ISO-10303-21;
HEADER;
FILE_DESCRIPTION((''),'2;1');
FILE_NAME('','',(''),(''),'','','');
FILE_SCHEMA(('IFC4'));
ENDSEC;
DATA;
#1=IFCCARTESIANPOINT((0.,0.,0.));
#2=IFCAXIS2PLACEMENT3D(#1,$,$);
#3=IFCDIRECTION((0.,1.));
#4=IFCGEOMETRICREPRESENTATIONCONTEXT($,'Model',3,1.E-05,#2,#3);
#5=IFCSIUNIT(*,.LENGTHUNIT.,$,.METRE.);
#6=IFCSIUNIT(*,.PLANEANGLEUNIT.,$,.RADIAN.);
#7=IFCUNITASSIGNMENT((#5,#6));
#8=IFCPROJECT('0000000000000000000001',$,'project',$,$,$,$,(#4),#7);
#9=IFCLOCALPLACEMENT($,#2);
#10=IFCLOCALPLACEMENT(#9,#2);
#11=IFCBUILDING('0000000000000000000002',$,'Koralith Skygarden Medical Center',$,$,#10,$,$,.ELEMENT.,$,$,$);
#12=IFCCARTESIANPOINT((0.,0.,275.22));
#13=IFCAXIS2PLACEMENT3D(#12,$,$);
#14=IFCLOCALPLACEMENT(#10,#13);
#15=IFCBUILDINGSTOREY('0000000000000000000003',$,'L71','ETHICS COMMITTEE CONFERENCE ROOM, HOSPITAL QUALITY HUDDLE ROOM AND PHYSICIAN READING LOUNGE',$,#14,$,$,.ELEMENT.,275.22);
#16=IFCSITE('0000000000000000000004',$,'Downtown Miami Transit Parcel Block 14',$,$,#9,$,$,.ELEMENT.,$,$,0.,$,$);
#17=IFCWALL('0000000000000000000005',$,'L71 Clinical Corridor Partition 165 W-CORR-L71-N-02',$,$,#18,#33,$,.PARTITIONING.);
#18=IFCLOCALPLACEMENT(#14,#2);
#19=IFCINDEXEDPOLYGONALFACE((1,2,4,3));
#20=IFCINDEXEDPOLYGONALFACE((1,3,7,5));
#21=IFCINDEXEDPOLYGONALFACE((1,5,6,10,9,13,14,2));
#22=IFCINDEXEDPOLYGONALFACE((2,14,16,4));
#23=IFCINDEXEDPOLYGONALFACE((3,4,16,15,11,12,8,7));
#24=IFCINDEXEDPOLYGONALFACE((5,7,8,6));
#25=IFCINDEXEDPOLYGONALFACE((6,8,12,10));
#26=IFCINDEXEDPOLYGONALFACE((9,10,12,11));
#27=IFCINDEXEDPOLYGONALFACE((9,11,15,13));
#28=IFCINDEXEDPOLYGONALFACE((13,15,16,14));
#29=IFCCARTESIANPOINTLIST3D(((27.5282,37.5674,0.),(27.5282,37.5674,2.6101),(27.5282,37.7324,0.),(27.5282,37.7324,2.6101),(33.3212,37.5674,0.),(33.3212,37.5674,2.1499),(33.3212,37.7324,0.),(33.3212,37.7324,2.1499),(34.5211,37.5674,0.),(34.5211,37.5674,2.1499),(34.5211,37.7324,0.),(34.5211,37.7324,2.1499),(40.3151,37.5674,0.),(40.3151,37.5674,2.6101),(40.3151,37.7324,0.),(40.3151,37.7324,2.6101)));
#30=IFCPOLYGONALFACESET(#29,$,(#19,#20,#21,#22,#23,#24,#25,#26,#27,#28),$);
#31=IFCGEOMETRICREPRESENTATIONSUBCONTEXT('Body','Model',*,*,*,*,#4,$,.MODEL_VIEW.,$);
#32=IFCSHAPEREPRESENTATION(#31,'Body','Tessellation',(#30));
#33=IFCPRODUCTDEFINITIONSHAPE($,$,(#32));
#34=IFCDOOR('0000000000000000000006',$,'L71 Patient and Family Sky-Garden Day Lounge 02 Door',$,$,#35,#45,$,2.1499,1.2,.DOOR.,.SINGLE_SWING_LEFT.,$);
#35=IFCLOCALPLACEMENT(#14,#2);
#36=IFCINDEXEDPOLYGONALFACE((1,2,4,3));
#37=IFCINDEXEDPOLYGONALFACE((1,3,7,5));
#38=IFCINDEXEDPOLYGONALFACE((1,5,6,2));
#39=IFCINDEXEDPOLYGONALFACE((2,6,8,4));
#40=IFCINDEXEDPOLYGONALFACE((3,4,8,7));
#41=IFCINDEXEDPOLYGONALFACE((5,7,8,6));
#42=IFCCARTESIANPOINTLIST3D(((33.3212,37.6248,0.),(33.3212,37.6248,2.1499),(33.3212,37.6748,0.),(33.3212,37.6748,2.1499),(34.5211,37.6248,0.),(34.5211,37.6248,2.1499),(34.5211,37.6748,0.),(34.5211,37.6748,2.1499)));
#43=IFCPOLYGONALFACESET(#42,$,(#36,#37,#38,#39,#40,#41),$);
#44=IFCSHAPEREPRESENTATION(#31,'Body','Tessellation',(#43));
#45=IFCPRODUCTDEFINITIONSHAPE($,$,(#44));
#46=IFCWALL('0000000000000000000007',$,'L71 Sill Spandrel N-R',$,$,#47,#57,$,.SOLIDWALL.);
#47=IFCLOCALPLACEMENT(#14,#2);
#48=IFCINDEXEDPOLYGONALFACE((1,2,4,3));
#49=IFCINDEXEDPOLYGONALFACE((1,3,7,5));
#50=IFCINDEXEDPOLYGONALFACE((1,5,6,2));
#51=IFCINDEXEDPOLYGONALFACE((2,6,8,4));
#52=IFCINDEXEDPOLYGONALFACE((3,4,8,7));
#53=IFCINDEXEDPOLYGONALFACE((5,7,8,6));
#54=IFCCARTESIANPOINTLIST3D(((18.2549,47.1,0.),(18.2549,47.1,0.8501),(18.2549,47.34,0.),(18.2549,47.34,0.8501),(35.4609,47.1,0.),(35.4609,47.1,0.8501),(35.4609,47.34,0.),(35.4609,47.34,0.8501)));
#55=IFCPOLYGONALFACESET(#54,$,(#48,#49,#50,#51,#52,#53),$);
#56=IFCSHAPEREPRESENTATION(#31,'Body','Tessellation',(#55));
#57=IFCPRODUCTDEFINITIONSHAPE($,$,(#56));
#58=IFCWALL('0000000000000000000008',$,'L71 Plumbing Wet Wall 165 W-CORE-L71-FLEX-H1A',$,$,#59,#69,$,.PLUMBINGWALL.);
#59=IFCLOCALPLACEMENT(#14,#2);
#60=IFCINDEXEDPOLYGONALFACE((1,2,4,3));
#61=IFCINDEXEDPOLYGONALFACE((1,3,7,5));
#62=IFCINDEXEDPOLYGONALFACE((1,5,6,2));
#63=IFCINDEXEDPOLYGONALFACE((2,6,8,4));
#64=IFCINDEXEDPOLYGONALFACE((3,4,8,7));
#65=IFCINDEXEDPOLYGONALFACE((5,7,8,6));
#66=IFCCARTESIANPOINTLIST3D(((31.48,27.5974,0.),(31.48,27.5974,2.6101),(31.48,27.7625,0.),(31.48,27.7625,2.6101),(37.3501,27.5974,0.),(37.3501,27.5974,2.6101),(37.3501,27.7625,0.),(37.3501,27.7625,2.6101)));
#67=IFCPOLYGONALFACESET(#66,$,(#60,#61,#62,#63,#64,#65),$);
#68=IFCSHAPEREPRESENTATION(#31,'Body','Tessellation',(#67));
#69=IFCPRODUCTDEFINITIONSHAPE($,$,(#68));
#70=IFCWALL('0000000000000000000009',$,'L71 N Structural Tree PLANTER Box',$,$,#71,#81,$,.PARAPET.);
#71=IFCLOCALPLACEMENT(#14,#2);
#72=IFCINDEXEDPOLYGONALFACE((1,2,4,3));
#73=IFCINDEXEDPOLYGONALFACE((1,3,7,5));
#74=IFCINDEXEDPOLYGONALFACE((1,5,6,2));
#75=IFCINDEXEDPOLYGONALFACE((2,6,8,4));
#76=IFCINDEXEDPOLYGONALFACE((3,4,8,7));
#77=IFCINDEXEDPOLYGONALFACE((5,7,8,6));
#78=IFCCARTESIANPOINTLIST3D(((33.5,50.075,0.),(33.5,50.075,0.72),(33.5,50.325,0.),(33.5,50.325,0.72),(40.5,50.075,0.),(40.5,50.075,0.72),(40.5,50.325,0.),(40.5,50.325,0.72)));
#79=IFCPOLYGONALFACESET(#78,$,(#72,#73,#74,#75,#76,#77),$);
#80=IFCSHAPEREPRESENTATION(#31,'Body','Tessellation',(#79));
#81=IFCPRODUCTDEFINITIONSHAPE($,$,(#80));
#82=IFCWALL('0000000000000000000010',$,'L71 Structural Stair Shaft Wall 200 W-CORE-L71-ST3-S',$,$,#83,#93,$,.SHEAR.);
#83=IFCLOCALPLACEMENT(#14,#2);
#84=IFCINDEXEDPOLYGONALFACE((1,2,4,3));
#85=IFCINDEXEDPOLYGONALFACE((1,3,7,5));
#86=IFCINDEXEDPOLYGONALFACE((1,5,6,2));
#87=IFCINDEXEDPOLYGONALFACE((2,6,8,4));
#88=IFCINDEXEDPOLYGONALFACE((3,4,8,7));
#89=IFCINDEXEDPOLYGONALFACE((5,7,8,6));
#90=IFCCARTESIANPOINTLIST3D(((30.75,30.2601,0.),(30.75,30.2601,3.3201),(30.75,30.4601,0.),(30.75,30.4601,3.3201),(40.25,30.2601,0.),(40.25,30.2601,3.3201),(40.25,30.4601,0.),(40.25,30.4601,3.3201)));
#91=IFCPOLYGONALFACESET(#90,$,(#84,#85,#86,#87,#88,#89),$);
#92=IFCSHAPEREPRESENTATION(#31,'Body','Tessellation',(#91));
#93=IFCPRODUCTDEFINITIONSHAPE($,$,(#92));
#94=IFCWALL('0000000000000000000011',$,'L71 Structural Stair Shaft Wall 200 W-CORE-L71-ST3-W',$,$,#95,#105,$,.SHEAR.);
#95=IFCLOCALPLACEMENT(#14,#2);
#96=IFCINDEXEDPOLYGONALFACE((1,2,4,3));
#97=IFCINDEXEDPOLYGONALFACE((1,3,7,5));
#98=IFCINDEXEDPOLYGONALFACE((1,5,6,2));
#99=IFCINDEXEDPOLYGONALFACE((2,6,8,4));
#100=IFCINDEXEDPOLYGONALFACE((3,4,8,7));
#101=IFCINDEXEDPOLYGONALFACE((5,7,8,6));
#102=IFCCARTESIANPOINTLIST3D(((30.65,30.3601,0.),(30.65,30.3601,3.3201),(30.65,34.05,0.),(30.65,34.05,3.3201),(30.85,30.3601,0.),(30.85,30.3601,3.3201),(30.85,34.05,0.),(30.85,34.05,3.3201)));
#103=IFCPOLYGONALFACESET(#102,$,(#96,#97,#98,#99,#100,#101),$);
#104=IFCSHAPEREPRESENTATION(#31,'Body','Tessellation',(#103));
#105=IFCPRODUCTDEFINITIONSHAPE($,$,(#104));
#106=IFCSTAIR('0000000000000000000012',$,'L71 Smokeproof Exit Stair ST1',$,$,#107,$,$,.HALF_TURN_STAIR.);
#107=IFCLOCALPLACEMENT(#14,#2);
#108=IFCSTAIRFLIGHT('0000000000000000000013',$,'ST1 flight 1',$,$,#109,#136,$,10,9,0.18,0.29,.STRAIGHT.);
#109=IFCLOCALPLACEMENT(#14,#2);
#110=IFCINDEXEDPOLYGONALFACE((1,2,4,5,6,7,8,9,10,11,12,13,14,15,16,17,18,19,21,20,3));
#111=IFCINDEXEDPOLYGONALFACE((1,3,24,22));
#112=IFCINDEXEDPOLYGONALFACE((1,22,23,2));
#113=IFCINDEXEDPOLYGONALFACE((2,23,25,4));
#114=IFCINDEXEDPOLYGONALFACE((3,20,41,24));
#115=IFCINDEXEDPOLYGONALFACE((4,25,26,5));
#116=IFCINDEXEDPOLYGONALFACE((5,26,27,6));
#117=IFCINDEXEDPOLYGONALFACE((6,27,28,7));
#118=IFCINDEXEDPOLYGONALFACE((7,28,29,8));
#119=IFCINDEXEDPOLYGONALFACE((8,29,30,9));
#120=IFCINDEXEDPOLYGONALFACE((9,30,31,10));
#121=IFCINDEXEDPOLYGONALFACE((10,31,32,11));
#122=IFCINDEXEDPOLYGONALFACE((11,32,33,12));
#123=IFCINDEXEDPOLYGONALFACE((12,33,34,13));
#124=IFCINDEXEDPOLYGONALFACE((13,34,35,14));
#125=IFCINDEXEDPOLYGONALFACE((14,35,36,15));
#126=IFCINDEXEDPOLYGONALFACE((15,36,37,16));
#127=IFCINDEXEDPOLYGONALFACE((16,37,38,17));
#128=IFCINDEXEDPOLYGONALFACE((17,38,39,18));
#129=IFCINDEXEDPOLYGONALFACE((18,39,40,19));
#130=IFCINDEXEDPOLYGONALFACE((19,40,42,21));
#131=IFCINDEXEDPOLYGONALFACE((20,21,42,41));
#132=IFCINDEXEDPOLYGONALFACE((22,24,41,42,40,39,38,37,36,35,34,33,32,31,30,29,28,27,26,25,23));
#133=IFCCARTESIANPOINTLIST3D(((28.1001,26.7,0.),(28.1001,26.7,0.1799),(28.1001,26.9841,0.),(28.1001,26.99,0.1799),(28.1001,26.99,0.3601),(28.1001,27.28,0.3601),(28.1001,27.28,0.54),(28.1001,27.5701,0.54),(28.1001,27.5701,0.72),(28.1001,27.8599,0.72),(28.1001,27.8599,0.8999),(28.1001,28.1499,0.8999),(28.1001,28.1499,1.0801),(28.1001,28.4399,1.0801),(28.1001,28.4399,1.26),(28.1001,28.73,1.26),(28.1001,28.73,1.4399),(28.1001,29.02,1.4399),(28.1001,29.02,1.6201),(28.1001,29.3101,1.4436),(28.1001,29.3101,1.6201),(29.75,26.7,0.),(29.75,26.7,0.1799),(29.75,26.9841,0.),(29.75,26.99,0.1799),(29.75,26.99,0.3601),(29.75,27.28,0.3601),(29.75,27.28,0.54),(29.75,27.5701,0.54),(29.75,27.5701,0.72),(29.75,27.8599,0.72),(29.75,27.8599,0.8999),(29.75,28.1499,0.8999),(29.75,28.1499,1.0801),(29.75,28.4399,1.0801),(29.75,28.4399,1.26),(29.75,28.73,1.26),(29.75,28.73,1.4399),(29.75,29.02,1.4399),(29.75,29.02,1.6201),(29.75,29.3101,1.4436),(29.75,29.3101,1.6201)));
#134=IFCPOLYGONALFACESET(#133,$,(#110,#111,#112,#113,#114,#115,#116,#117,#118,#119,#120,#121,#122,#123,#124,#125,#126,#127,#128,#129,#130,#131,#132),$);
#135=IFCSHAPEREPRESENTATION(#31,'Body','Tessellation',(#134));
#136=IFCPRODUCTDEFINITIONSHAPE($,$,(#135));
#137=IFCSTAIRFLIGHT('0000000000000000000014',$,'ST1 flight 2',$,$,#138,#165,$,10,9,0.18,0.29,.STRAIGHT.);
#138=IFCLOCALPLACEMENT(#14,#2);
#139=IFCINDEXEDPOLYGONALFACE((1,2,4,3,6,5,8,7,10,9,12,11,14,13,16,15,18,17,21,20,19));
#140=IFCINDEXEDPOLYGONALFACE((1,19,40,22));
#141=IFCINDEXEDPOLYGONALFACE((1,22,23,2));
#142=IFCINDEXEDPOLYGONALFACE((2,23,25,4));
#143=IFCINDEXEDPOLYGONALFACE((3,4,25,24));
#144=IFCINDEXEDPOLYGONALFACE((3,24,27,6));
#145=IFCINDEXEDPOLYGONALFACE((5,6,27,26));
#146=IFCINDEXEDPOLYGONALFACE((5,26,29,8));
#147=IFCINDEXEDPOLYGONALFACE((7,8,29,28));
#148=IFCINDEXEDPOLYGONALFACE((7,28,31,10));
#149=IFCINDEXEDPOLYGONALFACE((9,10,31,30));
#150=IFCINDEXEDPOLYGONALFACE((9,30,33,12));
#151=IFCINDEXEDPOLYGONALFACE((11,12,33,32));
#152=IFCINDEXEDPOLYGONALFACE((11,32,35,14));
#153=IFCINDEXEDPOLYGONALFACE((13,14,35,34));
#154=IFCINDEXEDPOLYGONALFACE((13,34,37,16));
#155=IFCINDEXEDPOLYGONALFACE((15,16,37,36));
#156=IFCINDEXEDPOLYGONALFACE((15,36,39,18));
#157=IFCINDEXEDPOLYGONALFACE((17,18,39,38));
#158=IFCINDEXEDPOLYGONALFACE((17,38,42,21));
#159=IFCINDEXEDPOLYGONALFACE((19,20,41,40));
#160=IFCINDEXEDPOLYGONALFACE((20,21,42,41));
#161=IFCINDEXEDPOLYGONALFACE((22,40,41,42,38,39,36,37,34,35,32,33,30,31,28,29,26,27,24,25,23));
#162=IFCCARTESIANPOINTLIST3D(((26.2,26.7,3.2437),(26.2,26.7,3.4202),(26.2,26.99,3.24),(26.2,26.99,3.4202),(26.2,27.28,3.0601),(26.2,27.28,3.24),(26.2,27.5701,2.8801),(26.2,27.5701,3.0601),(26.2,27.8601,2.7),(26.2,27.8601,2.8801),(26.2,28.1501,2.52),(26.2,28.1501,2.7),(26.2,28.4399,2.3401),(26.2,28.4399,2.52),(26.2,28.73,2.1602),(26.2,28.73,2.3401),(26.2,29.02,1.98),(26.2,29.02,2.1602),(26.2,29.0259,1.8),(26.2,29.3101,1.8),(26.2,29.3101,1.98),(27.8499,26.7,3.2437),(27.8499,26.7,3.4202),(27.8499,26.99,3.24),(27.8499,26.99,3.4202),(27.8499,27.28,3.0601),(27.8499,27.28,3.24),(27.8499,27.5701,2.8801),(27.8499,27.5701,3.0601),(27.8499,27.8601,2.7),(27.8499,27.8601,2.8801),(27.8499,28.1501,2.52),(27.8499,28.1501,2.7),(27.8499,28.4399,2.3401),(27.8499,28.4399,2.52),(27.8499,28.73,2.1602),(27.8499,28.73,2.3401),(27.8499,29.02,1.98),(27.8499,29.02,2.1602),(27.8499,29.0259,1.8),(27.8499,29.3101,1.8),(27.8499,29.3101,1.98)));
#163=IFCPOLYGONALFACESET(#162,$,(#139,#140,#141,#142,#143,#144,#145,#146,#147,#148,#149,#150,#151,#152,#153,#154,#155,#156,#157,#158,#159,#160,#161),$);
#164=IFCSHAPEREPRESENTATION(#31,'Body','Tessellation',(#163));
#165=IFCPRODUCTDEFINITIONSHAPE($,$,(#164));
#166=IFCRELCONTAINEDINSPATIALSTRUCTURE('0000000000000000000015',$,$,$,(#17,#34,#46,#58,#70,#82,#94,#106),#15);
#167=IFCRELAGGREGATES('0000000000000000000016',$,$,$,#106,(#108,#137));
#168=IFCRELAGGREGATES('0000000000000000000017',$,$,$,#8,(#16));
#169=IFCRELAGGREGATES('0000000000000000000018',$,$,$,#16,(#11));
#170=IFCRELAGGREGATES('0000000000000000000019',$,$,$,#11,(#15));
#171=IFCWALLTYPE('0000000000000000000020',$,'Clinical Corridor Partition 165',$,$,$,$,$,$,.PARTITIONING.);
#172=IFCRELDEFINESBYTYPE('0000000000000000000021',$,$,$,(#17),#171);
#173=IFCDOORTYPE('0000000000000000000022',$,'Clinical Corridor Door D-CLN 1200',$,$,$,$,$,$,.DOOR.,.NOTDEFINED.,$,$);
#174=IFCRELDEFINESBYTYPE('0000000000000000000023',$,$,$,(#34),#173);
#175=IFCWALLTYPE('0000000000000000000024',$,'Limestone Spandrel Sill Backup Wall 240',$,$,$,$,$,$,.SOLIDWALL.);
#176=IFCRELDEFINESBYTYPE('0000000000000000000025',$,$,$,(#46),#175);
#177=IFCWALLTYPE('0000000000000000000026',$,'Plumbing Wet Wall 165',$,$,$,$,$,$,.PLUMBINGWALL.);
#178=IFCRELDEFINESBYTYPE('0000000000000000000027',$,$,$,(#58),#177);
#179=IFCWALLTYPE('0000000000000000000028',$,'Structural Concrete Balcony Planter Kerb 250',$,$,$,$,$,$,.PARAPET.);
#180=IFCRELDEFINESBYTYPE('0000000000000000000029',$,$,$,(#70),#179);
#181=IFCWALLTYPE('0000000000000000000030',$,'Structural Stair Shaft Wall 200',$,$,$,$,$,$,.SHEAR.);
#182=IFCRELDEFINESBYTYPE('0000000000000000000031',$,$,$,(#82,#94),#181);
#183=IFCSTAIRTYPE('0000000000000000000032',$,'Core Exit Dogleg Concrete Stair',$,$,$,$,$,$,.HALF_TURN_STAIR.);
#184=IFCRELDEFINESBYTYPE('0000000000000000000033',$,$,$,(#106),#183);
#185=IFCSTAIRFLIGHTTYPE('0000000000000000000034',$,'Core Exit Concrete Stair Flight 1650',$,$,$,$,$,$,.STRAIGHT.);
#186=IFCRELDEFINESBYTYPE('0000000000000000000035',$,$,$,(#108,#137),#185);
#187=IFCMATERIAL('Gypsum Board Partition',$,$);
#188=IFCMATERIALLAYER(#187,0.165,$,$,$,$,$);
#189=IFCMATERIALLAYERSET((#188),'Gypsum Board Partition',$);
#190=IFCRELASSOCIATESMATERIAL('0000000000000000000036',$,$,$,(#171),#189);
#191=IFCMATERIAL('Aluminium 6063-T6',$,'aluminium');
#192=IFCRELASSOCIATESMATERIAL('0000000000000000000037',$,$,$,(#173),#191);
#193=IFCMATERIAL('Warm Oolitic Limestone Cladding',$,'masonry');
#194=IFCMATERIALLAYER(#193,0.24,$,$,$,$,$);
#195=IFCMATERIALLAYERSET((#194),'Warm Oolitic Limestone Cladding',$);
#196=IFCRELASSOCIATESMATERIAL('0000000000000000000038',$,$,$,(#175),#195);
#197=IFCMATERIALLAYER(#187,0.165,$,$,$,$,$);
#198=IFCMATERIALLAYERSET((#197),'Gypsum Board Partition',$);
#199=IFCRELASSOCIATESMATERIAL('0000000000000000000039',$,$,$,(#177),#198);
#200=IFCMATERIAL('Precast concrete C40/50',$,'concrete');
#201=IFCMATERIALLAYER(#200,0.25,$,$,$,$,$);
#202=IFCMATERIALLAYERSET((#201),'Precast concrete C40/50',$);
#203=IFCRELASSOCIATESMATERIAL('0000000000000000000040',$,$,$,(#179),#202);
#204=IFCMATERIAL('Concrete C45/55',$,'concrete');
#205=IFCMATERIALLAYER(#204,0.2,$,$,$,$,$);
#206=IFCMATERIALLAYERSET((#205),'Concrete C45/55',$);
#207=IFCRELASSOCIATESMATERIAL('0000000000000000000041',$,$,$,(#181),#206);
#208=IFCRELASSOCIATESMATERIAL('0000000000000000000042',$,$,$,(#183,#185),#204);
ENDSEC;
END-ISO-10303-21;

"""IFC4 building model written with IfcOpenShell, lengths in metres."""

from ifc_helpers import new_model, si_unit, direction, frame, frame_2d, origin, place, context, subcontext, project, spatial, polyline, rectangle, outline, extrude, material, layer, layer_set, type_object, element, fill, aggregate, save


model = new_model("IFC4")

# Units and contexts
model_context = context("Model", 3, precision=1e-05, world=origin(), true_north=direction((0.0, 1.0)))
body_context = subcontext(model_context, "Body", "Model", "MODEL_VIEW")
ifc_project = project(units=[si_unit("LENGTHUNIT", "METRE"), si_unit("PLANEANGLEUNIT", "RADIAN")], contexts=[model_context])

# Site, building, storey
site_placement = place(None, origin())
site = spatial("IfcSite", under=ifc_project, at=site_placement, Name="Downtown Miami Transit Parcel Block 14", CompositionType="ELEMENT", RefElevation=0.0)
building_placement = place(site_placement, origin())
building = spatial("IfcBuilding", under=site, at=building_placement, Name="Koralith Skygarden Medical Center", CompositionType="ELEMENT")
storey_placement = place(building_placement, frame((0.0, 0.0, 275.22)))
storey = spatial("IfcBuildingStorey", under=building, at=storey_placement, Name="L71", Description="ETHICS COMMITTEE CONFERENCE ROOM, HOSPITAL QUALITY HUDDLE ROOM AND PHYSICIAN READING LOUNGE", CompositionType="ELEMENT", Elevation=275.22)

# Shared definitions
ifc_material_1 = material(Name="Aluminium 6063-T6", Category="aluminium")

# Shared definitions
ifc_material_2 = material(Name="Concrete C45/55", Category="concrete")

# Shared definitions
ifc_material_3 = material(Name="Gypsum Board Partition")

# Wall, opening, door
ifc_layer_1 = layer(ifc_material_3, 0.165)
ifc_layer_set_1 = layer_set([ifc_layer_1], Name="Gypsum Board Partition")
wall_type_1 = type_object("IfcWallType", Name="Clinical Corridor Partition 165", PredefinedType="PARTITIONING", material=ifc_layer_set_1)
wall_1_placement = place(storey_placement, frame((27.5281, 37.6499, 0.0), z_axis=(0.0, 0.0, 1.0), x_axis=(1.0, 0.0, 0.0)))
wall_1 = element("IfcWall", 1, at=wall_1_placement, inside=storey, type_object=wall_type_1, Name="L71 Clinical Corridor Partition 165 W-CORR-L71-N-02", PredefinedType="PARTITIONING", context=body_context, shape_type="SweptSolid", body=[
    extrude(rectangle(XDim=12.7869, YDim=0.165, at=frame_2d((6.3936, 0.0))), origin(), (0.0, 0.0, 1.0), 2.6101),
])
opening_1_placement = place(wall_1_placement, frame((5.793, 0.0, 0.0)))
opening_1 = element("IfcOpeningElement", 2, at=opening_1_placement, cuts=wall_1, PredefinedType="OPENING", context=body_context, shape_type="SweptSolid", body=[
    extrude(rectangle(XDim=1.2, YDim=2.1499, at=frame_2d((0.6001, 1.075))), frame((0.0, 0.0925, 0.0), z_axis=(0.0, -1.0, 0.0), x_axis=(1.0, 0.0, 0.0)), (0.0, 0.0, 1.0), 0.1851),
])
door_type_1 = type_object("IfcDoorType", Name="Clinical Corridor Door D-CLN 1200", OperationType="NOTDEFINED", PredefinedType="DOOR", material=ifc_material_1)
door_1_placement = place(opening_1_placement, origin())
door_1 = element("IfcDoor", 3, at=door_1_placement, inside=storey, type_object=door_type_1, Name="L71 Patient and Family Sky-Garden Day Lounge 02 Door", OperationType="SINGLE_SWING_LEFT", OverallHeight=2.1499, OverallWidth=1.2, PredefinedType="DOOR", context=body_context, shape_type="SweptSolid", body=[
    extrude(rectangle(XDim=1.2, YDim=2.1499, at=frame_2d((0.6001, 1.075))), frame((0.0, 0.0249, 0.0), z_axis=(0.0, -1.0, 0.0), x_axis=(1.0, 0.0, 0.0)), (0.0, 0.0, 1.0), 0.05),
])
fill(opening_1, door_1)

# Walls
ifc_material_4 = material(Name="Warm Oolitic Limestone Cladding", Category="masonry")
ifc_layer_2 = layer(ifc_material_4, 0.24)
ifc_layer_set_2 = layer_set([ifc_layer_2], Name="Warm Oolitic Limestone Cladding")
wall_type_2 = type_object("IfcWallType", Name="Limestone Spandrel Sill Backup Wall 240", PredefinedType="SOLIDWALL", material=ifc_layer_set_2)
wall_2_placement = place(storey_placement, frame((35.4609, 47.22, 0.0), z_axis=(0.0, 0.0, 1.0), x_axis=(-1.0, 0.0, 0.0)))
element("IfcWall", 4, at=wall_2_placement, inside=storey, type_object=wall_type_2, Name="L71 Sill Spandrel N-R", PredefinedType="SOLIDWALL", context=body_context, shape_type="SweptSolid", body=[
    extrude(rectangle(XDim=17.2061, YDim=0.24, at=frame_2d((8.603, 0.0))), origin(), (0.0, 0.0, 1.0), 0.8501),
])
ifc_layer_3 = layer(ifc_material_3, 0.165)
ifc_layer_set_3 = layer_set([ifc_layer_3], Name="Gypsum Board Partition")
wall_type_3 = type_object("IfcWallType", Name="Plumbing Wet Wall 165", PredefinedType="PLUMBINGWALL", material=ifc_layer_set_3)
wall_3_placement = place(storey_placement, frame((31.48, 27.6799, 0.0), z_axis=(0.0, 0.0, 1.0), x_axis=(1.0, 0.0, 0.0)))
element("IfcWall", 5, at=wall_3_placement, inside=storey, type_object=wall_type_3, Name="L71 Plumbing Wet Wall 165 W-CORE-L71-FLEX-H1A", PredefinedType="PLUMBINGWALL", context=body_context, shape_type="SweptSolid", body=[
    extrude(rectangle(XDim=5.8701, YDim=0.165, at=frame_2d((2.9351, 0.0))), origin(), (0.0, 0.0, 1.0), 2.6101),
])
ifc_material_5 = material(Name="Precast concrete C40/50", Category="concrete")
ifc_layer_4 = layer(ifc_material_5, 0.25)
ifc_layer_set_4 = layer_set([ifc_layer_4], Name="Precast concrete C40/50")
wall_type_4 = type_object("IfcWallType", Name="Structural Concrete Balcony Planter Kerb 250", PredefinedType="PARAPET", material=ifc_layer_set_4)
wall_4_placement = place(storey_placement, frame((33.5, 50.2, 0.0), z_axis=(0.0, 0.0, 1.0), x_axis=(1.0, 0.0, 0.0)))
element("IfcWall", 6, at=wall_4_placement, inside=storey, type_object=wall_type_4, Name="L71 N Structural Tree PLANTER Box", PredefinedType="PARAPET", context=body_context, shape_type="SweptSolid", body=[
    extrude(rectangle(XDim=7.0, YDim=0.25, at=frame_2d((3.5, 0.0))), origin(), (0.0, 0.0, 1.0), 0.72),
])
ifc_layer_5 = layer(ifc_material_2, 0.2)
ifc_layer_set_5 = layer_set([ifc_layer_5], Name="Concrete C45/55")
wall_type_5 = type_object("IfcWallType", Name="Structural Stair Shaft Wall 200", PredefinedType="SHEAR", material=ifc_layer_set_5)
wall_5_placement = place(storey_placement, frame((30.75, 30.3601, 0.0), z_axis=(0.0, 0.0, 1.0), x_axis=(1.0, 0.0, 0.0)))
element("IfcWall", 7, at=wall_5_placement, inside=storey, type_object=wall_type_5, Name="L71 Structural Stair Shaft Wall 200 W-CORE-L71-ST3-S", PredefinedType="SHEAR", context=body_context, shape_type="SweptSolid", body=[
    extrude(rectangle(XDim=9.5, YDim=0.2, at=frame_2d((4.75, 0.0))), origin(), (0.0, 0.0, 1.0), 3.3201),
])
wall_6_placement = place(storey_placement, frame((30.75, 30.3601, 0.0), z_axis=(0.0, 0.0, 1.0), x_axis=(0.0, 1.0, 0.0)))
element("IfcWall", 8, at=wall_6_placement, inside=storey, type_object=wall_type_5, Name="L71 Structural Stair Shaft Wall 200 W-CORE-L71-ST3-W", PredefinedType="SHEAR", context=body_context, shape_type="SweptSolid", body=[
    extrude(rectangle(XDim=3.6899, YDim=0.2, at=frame_2d((1.845, 0.0))), origin(), (0.0, 0.0, 1.0), 3.3201),
])

# Stair, stair flights
stair_type = type_object("IfcStairType", Name="Core Exit Dogleg Concrete Stair", PredefinedType="HALF_TURN_STAIR", material=ifc_material_2)
stair_1_placement = place(storey_placement, origin())
stair_1 = element("IfcStair", 9, at=stair_1_placement, inside=storey, type_object=stair_type, Name="L71 Smokeproof Exit Stair ST1", PredefinedType="HALF_TURN_STAIR")
stair_flight_type = type_object("IfcStairFlightType", Name="Core Exit Concrete Stair Flight 1650", PredefinedType="STRAIGHT", material=ifc_material_2)
stair_flight_1_placement = place(storey_placement, frame((28.925, 26.7, 0.0), z_axis=(0.0, 0.0, 1.0), x_axis=(0.0, 1.0, 0.0)))
stair_flight_1 = element("IfcStairFlight", 10, at=stair_flight_1_placement, type_object=stair_flight_type, Name="ST1 flight 1", NumberOfRisers=10, NumberOfTreads=9, PredefinedType="STRAIGHT", RiserHeight=0.18, TreadLength=0.29, context=body_context, shape_type="SweptSolid", body=[
    extrude(outline(polyline([(0.0, 0.0), (0.0, 0.1799), (0.29, 0.1799), (0.29, 0.3601), (0.5801, 0.3601), (0.5801, 0.54), (0.8701, 0.54), (0.8701, 0.72), (1.1599, 0.72), (1.1599, 0.8999), (1.45, 0.8999), (1.45, 1.0801), (1.74, 1.0801), (1.74, 1.26), (2.03, 1.26), (2.03, 1.4399), (2.3201, 1.4399), (2.3201, 1.6201), (2.6101, 1.6201), (2.6101, 1.8), (2.6101, 1.4436), (0.2842, 0.0), (0.0, 0.0)])), frame((0.0, 0.825, 0.0), z_axis=(0.0, -1.0, 0.0), x_axis=(1.0, 0.0, 0.0)), (0.0, 0.0, 1.0), 1.6499),
])
stair_flight_2_placement = place(storey_placement, frame((27.0249, 29.3101, 1.8), z_axis=(0.0, 0.0, 1.0), x_axis=(0.0, -1.0, 0.0)))
stair_flight_2 = element("IfcStairFlight", 11, at=stair_flight_2_placement, type_object=stair_flight_type, Name="ST1 flight 2", NumberOfRisers=10, NumberOfTreads=9, PredefinedType="STRAIGHT", RiserHeight=0.18, TreadLength=0.29, context=body_context, shape_type="SweptSolid", body=[
    extrude(outline(polyline([(0.0, 0.0), (0.0, 0.1799), (0.29, 0.1799), (0.29, 0.3601), (0.5801, 0.3601), (0.5801, 0.54), (0.8701, 0.54), (0.8701, 0.72), (1.1599, 0.72), (1.1599, 0.8999), (1.45, 0.8999), (1.45, 1.0801), (1.74, 1.0801), (1.74, 1.26), (2.03, 1.26), (2.03, 1.4399), (2.3201, 1.4399), (2.3201, 1.6201), (2.6101, 1.6201), (2.6101, 1.8), (2.6101, 1.4436), (0.2842, 0.0), (0.0, 0.0)])), frame((0.0, 0.825, 0.0), z_axis=(0.0, -1.0, 0.0), x_axis=(1.0, 0.0, 0.0)), (0.0, 0.0, 1.0), 1.6499),
])
aggregate(stair_1, [stair_flight_1, stair_flight_2])

save(model, "model.ifc")
